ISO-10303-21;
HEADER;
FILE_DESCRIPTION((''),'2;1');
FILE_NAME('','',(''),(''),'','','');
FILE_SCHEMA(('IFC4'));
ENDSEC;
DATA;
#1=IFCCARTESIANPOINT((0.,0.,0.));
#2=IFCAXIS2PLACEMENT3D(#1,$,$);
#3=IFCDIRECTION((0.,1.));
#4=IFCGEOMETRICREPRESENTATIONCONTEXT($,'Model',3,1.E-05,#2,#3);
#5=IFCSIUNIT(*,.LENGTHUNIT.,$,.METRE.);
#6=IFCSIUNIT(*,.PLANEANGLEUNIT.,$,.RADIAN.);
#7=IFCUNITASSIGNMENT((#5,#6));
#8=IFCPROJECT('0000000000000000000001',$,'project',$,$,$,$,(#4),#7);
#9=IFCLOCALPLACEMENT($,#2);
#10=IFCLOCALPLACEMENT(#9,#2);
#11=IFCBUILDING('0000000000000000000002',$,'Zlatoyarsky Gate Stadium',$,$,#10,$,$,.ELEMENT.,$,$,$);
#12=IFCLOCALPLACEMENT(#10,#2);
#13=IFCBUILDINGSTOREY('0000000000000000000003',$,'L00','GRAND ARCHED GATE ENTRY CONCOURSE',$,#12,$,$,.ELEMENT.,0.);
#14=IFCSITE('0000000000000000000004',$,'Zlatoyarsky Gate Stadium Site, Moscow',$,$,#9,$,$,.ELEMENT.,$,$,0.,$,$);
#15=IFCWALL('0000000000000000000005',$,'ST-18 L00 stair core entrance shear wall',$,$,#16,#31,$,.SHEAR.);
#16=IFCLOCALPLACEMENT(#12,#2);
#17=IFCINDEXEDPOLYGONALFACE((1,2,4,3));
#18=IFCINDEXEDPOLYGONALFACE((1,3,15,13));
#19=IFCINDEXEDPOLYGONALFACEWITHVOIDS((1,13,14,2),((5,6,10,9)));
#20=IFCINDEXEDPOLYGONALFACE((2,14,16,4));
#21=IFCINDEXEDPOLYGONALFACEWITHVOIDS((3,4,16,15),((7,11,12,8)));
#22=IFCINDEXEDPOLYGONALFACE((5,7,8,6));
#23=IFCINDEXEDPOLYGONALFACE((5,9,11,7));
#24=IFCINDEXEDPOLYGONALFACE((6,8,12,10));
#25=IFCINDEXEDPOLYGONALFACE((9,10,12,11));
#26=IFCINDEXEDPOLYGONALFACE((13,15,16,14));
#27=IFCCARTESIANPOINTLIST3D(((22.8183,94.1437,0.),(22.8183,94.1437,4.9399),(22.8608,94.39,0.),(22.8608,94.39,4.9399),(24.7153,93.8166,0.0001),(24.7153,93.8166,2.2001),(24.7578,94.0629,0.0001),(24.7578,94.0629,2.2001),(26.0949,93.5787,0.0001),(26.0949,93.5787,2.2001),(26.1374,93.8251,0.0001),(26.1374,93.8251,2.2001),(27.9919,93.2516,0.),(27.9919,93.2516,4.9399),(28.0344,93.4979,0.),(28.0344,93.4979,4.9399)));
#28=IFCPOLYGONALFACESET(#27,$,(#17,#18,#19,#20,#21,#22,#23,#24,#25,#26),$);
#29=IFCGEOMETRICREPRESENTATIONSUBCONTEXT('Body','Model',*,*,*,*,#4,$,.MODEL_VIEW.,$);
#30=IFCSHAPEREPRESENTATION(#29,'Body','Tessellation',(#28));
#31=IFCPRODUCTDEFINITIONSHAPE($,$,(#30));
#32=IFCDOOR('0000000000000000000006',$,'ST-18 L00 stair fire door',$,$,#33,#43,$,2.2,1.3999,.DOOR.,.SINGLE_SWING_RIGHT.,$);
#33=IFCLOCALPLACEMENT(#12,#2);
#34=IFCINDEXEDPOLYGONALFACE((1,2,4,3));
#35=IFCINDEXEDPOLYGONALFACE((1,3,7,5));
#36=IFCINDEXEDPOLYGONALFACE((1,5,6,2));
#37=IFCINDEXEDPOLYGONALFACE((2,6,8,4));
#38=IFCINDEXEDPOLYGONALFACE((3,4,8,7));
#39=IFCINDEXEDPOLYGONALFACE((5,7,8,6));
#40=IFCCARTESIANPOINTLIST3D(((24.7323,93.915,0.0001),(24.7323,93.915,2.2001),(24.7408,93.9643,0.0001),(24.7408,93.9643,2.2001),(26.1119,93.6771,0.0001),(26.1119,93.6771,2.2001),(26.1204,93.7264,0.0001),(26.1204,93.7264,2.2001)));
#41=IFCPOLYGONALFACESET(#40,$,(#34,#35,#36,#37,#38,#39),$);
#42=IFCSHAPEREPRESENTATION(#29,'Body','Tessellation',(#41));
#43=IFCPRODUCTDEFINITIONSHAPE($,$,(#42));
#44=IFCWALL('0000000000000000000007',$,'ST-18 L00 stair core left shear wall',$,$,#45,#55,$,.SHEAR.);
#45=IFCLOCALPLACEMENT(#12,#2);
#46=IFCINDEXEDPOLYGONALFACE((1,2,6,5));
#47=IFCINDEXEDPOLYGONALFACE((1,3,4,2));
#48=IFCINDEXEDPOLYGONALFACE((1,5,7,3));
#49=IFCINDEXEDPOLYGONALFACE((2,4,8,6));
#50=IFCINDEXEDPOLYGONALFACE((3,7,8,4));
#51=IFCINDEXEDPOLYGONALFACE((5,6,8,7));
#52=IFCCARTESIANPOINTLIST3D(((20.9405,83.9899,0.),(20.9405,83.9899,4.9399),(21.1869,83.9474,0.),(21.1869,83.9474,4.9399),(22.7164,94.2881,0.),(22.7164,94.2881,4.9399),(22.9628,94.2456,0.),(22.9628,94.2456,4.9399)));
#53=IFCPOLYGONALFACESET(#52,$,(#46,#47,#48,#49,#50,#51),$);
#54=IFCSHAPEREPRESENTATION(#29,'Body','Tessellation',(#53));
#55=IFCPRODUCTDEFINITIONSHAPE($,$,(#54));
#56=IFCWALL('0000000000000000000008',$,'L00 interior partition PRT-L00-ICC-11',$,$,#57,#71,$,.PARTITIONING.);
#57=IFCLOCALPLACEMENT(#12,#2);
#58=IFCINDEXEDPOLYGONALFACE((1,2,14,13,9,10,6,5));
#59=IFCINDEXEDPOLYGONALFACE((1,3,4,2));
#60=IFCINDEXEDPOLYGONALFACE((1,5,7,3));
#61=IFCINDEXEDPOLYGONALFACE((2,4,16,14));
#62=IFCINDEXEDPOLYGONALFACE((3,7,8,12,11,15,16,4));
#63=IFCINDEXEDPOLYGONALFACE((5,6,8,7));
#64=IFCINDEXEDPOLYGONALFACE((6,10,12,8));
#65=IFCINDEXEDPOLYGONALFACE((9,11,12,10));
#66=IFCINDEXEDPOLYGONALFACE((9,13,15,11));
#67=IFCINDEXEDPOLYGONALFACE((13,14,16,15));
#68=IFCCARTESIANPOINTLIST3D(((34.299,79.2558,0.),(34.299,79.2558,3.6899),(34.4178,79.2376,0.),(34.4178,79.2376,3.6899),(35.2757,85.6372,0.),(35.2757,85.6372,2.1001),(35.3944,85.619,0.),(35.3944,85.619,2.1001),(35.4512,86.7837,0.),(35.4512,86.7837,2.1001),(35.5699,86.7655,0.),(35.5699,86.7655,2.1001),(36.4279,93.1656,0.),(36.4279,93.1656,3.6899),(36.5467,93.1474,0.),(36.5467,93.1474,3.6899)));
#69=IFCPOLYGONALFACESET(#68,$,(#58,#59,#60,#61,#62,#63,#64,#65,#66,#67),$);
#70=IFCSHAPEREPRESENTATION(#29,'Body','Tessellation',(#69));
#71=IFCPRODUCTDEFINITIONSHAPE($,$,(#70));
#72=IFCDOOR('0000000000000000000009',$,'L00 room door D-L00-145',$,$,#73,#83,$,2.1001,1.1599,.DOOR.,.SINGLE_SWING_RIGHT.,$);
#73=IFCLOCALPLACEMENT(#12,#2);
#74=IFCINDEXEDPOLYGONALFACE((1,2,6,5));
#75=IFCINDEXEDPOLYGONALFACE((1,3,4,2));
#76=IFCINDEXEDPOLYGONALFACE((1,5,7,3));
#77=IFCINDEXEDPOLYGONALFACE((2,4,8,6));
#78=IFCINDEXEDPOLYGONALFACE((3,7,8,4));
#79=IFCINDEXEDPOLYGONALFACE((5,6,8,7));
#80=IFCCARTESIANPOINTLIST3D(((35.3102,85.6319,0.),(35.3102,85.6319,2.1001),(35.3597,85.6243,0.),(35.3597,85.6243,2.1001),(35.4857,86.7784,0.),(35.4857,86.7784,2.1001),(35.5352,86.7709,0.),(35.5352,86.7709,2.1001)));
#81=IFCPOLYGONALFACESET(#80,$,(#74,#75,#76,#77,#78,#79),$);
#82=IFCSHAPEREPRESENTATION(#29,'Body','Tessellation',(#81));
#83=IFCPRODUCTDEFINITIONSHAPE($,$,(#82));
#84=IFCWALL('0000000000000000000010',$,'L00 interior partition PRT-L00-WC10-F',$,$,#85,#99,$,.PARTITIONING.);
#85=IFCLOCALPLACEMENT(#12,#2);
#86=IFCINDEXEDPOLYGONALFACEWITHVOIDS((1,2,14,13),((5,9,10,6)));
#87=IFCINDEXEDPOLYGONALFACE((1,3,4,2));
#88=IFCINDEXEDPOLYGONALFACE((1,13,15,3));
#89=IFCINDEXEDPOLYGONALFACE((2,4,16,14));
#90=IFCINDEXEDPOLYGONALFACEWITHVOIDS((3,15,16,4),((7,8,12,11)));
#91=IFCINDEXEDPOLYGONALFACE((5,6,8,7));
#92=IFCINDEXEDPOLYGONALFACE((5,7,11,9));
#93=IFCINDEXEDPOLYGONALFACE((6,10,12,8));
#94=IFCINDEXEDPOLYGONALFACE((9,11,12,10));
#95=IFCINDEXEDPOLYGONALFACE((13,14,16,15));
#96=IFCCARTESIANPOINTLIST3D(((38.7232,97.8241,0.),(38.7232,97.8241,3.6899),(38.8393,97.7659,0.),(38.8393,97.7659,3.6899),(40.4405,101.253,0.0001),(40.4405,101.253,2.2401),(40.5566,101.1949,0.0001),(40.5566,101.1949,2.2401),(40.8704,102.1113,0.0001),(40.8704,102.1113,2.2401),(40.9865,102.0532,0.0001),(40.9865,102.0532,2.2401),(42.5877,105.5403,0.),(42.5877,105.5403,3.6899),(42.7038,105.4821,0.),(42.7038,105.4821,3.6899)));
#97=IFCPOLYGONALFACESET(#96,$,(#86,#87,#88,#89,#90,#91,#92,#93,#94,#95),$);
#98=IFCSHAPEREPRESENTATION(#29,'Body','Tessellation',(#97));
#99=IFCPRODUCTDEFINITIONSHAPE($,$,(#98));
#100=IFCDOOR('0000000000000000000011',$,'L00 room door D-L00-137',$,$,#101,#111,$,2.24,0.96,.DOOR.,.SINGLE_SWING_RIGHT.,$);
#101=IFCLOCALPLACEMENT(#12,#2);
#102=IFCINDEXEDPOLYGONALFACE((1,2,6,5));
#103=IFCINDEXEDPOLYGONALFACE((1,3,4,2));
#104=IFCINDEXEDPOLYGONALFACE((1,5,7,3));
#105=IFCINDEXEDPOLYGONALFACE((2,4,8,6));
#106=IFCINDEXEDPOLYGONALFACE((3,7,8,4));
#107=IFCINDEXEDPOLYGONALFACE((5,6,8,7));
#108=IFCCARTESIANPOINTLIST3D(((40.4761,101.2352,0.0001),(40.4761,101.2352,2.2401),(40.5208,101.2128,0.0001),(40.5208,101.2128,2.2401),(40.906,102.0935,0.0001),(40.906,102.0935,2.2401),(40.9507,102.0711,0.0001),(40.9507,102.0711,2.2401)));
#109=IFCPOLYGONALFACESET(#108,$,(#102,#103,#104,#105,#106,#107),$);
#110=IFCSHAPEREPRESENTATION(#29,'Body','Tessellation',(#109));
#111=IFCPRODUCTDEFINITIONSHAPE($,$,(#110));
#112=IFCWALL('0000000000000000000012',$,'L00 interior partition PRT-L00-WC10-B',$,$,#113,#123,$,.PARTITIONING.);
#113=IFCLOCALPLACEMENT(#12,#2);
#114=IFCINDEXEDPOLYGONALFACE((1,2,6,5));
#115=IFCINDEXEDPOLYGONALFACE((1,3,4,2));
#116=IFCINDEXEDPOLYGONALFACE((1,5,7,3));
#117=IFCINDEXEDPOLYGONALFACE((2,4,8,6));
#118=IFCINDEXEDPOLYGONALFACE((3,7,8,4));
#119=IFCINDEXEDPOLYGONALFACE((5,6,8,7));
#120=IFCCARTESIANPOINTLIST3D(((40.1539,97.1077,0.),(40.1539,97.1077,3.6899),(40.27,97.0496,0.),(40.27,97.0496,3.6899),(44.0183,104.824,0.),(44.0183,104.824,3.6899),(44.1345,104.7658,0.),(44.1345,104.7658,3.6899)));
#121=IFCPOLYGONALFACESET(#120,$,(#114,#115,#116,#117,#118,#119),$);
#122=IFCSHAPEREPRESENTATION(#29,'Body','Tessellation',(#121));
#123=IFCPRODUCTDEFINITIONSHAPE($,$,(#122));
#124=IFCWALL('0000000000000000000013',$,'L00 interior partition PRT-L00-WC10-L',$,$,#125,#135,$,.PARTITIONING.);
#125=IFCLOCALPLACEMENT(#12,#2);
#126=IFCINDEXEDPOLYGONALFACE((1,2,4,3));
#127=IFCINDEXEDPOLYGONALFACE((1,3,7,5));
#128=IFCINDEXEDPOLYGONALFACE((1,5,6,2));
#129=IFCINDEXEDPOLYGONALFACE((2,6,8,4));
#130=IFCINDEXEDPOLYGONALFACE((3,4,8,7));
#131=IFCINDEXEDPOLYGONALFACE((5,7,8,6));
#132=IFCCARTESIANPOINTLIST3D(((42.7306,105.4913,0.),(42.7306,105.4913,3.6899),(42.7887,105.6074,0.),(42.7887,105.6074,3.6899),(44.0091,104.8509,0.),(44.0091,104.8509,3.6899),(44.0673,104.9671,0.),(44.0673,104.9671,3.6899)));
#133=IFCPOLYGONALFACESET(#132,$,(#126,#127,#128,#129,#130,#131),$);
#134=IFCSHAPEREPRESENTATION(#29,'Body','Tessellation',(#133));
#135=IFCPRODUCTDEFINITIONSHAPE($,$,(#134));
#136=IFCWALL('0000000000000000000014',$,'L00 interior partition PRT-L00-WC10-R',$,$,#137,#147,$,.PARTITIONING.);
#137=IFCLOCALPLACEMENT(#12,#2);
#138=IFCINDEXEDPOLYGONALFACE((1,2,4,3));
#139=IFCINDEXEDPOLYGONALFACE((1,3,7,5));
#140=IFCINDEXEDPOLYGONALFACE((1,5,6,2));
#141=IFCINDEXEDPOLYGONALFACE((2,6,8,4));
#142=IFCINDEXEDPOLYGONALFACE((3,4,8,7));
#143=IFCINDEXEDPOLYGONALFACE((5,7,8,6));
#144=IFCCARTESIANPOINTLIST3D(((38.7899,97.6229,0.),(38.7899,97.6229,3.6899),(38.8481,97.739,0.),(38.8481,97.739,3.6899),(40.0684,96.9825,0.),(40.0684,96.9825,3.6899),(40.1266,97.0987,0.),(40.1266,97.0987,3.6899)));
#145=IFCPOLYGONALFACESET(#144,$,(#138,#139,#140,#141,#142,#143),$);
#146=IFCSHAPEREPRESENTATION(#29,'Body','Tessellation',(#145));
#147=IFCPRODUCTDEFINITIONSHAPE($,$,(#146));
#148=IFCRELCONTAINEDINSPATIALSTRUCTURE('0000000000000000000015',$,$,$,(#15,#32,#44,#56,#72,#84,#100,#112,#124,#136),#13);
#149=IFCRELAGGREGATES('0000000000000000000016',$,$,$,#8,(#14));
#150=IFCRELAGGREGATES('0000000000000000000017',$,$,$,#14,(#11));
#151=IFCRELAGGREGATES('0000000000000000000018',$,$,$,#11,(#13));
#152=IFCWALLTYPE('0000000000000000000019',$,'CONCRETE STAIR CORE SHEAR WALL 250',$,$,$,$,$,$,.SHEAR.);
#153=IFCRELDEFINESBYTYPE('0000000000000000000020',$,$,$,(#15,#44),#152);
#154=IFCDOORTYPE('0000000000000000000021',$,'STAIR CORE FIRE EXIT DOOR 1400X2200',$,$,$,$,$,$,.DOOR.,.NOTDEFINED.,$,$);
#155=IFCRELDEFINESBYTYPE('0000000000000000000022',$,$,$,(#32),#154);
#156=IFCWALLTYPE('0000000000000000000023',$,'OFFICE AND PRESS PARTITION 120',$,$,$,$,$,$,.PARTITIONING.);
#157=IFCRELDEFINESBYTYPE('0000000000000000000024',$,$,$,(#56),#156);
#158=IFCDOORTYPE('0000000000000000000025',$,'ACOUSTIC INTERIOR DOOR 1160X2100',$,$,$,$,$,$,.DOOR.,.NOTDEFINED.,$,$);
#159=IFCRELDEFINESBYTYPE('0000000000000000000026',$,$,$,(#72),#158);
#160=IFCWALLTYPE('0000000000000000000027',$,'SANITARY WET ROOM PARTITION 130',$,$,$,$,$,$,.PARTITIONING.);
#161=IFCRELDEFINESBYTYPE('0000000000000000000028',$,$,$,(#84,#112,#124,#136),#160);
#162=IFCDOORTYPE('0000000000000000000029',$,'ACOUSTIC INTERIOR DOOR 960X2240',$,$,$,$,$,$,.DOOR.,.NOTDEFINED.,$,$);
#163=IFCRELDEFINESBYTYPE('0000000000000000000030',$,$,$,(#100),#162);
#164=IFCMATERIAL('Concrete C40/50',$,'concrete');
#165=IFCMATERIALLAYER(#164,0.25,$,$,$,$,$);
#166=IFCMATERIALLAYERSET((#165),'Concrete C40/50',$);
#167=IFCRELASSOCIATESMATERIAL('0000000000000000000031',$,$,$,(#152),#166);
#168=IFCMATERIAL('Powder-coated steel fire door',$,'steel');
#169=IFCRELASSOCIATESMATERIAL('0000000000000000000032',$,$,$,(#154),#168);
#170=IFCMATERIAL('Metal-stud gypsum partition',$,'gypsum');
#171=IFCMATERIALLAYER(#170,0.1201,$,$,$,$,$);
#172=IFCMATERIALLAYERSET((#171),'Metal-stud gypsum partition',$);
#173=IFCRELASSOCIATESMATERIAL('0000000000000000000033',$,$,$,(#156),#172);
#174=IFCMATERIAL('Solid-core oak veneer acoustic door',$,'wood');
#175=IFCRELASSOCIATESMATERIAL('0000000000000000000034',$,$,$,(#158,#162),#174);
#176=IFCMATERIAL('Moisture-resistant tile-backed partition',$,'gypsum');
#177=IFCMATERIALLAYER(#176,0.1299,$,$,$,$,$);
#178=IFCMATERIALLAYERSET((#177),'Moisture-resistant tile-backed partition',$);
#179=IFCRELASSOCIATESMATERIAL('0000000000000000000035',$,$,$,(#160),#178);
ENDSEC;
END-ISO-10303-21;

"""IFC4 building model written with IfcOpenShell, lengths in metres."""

from ifc_helpers import new_model, si_unit, direction, frame, frame_2d, origin, place, context, subcontext, project, spatial, rectangle, extrude, material, layer, layer_set, type_object, element, fill, save


model = new_model("IFC4")

# Units and contexts
model_context = context("Model", 3, precision=1e-05, world=origin(), true_north=direction((0.0, 1.0)))
body_context = subcontext(model_context, "Body", "Model", "MODEL_VIEW")
ifc_project = project(units=[si_unit("LENGTHUNIT", "METRE"), si_unit("PLANEANGLEUNIT", "RADIAN")], contexts=[model_context])

# Site, building, storey
site_placement = place(None, origin())
site = spatial("IfcSite", under=ifc_project, at=site_placement, Name="Zlatoyarsky Gate Stadium Site, Moscow", CompositionType="ELEMENT", RefElevation=0.0)
building_placement = place(site_placement, origin())
building = spatial("IfcBuilding", under=site, at=building_placement, Name="Zlatoyarsky Gate Stadium", CompositionType="ELEMENT")
storey_placement = place(building_placement, origin())
storey = spatial("IfcBuildingStorey", under=building, at=storey_placement, Name="L00", Description="GRAND ARCHED GATE ENTRY CONCOURSE", CompositionType="ELEMENT", Elevation=0.0)

# Shared definitions
ifc_material_1 = material(Name="Concrete C40/50", Category="concrete")

# Shared definitions
ifc_material_2 = material(Name="Metal-stud gypsum partition", Category="gypsum")
ifc_material_3 = material(Name="Powder-coated steel fire door", Category="steel")

# Shared definitions
ifc_layer_1 = layer(ifc_material_1, 0.25)
ifc_layer_set_1 = layer_set([ifc_layer_1], Name="Concrete C40/50")
wall_type_1 = type_object("IfcWallType", Name="CONCRETE STAIR CORE SHEAR WALL 250", PredefinedType="SHEAR", material=ifc_layer_set_1)

# Wall, opening, door
wall_1_placement = place(storey_placement, frame((28.0132, 93.3748, 0.0), z_axis=(0.0, 0.0, 1.0), x_axis=(-0.985457, 0.169924, 0.0)))
wall_1 = element("IfcWall", 1, at=wall_1_placement, inside=storey, type_object=wall_type_1, Name="ST-18 L00 stair core entrance shear wall", PredefinedType="SHEAR", context=body_context, shape_type="SweptSolid", body=[
    extrude(rectangle(XDim=5.25, YDim=0.25, at=frame_2d((2.625, 0.0))), origin(), (0.0, 0.0, 1.0), 4.9399),
])
opening_1_placement = place(wall_1_placement, frame((1.925, 0.0, 0.0)))
opening_1 = element("IfcOpeningElement", 2, at=opening_1_placement, cuts=wall_1, PredefinedType="OPENING", context=body_context, shape_type="SweptSolid", body=[
    extrude(rectangle(XDim=1.3999, YDim=2.2, at=frame_2d((0.7, 1.1001))), frame((0.0, 0.135, 0.0), z_axis=(0.0, -1.0, 0.0), x_axis=(1.0, 0.0, 0.0)), (0.0, 0.0, 1.0), 0.27),
])
door_type_1 = type_object("IfcDoorType", Name="STAIR CORE FIRE EXIT DOOR 1400X2200", OperationType="NOTDEFINED", PredefinedType="DOOR", material=ifc_material_3)
door_1_placement = place(opening_1_placement, frame((1.3999, 0.0, 0.0), z_axis=(0.0, 0.0, 1.0), x_axis=(-1.0, 0.0, 0.0)))
door_1 = element("IfcDoor", 3, at=door_1_placement, inside=storey, type_object=door_type_1, Name="ST-18 L00 stair fire door", OperationType="SINGLE_SWING_RIGHT", OverallHeight=2.2, OverallWidth=1.3999, PredefinedType="DOOR", context=body_context, shape_type="SweptSolid", body=[
    extrude(rectangle(XDim=1.3999, YDim=2.2, at=frame_2d((0.7, 1.1001))), frame((0.0, 0.0249, 0.0), z_axis=(0.0, -1.0, 0.0), x_axis=(1.0, 0.0, 0.0)), (0.0, 0.0, 1.0), 0.05),
])
fill(opening_1, door_1)

# Wall
wall_2_placement = place(storey_placement, frame((22.8396, 94.2668, 0.0), z_axis=(0.0, 0.0, 1.0), x_axis=(-0.169939, -0.985455, 0.0)))
element("IfcWall", 4, at=wall_2_placement, inside=storey, type_object=wall_type_1, Name="ST-18 L00 stair core left shear wall", PredefinedType="SHEAR", context=body_context, shape_type="SweptSolid", body=[
    extrude(rectangle(XDim=10.4502, YDim=0.25, at=frame_2d((5.2251, 0.0))), origin(), (0.0, 0.0, 1.0), 4.9399),
])

# Walls, openings, doors
ifc_layer_2 = layer(ifc_material_2, 0.1201)
ifc_layer_set_2 = layer_set([ifc_layer_2], Name="Metal-stud gypsum partition")
wall_type_2 = type_object("IfcWallType", Name="OFFICE AND PRESS PARTITION 120", PredefinedType="PARTITIONING", material=ifc_layer_set_2)
wall_3_placement = place(storey_placement, frame((36.4873, 93.1565, 0.0), z_axis=(0.0, 0.0, 1.0), x_axis=(-0.151288, -0.98849, 0.0)))
wall_3 = element("IfcWall", 5, at=wall_3_placement, inside=storey, type_object=wall_type_2, Name="L00 interior partition PRT-L00-ICC-11", PredefinedType="PARTITIONING", context=body_context, shape_type="SweptSolid", body=[
    extrude(rectangle(XDim=14.0718, YDim=0.1201, at=frame_2d((7.0359, 0.0))), origin(), (0.0, 0.0, 1.0), 3.6899),
])
opening_2_placement = place(wall_3_placement, frame((6.4561, 0.0, 0.0)))
opening_2 = element("IfcOpeningElement", 6, at=opening_2_placement, cuts=wall_3, PredefinedType="OPENING", context=body_context, shape_type="SweptSolid", body=[
    extrude(rectangle(XDim=1.1599, YDim=2.1001, at=frame_2d((0.5801, 1.05))), frame((0.0, 0.0701, 0.0), z_axis=(0.0, -1.0, 0.0), x_axis=(1.0, 0.0, 0.0)), (0.0, 0.0, 1.0), 0.1401),
])
ifc_material_4 = material(Name="Solid-core oak veneer acoustic door", Category="wood")
door_type_2 = type_object("IfcDoorType", Name="ACOUSTIC INTERIOR DOOR 1160X2100", OperationType="NOTDEFINED", PredefinedType="DOOR", material=ifc_material_4)
door_2_placement = place(opening_2_placement, origin())
door_2 = element("IfcDoor", 7, at=door_2_placement, inside=storey, type_object=door_type_2, Name="L00 room door D-L00-145", OperationType="SINGLE_SWING_RIGHT", OverallHeight=2.1001, OverallWidth=1.1599, PredefinedType="DOOR", context=body_context, shape_type="SweptSolid", body=[
    extrude(rectangle(XDim=1.1599, YDim=2.1001, at=frame_2d((0.5801, 1.05))), frame((0.0, 0.0249, 0.0), z_axis=(0.0, -1.0, 0.0), x_axis=(1.0, 0.0, 0.0)), (0.0, 0.0, 1.0), 0.05),
])
fill(opening_2, door_2)
ifc_material_5 = material(Name="Moisture-resistant tile-backed partition", Category="gypsum")
ifc_layer_3 = layer(ifc_material_5, 0.1299)
ifc_layer_set_3 = layer_set([ifc_layer_3], Name="Moisture-resistant tile-backed partition")
wall_type_3 = type_object("IfcWallType", Name="SANITARY WET ROOM PARTITION 130", PredefinedType="PARTITIONING", material=ifc_layer_set_3)
wall_4_placement = place(storey_placement, frame((42.6458, 105.5112, 0.0), z_axis=(0.0, 0.0, 1.0), x_axis=(-0.447802, -0.894133, 0.0)))
wall_4 = element("IfcWall", 8, at=wall_4_placement, inside=storey, type_object=wall_type_3, Name="L00 interior partition PRT-L00-WC10-F", PredefinedType="PARTITIONING", context=body_context, shape_type="SweptSolid", body=[
    extrude(rectangle(XDim=8.6299, YDim=0.1299, at=frame_2d((4.3149, 0.0))), origin(), (0.0, 0.0, 1.0), 3.6899),
])
opening_3_placement = place(wall_4_placement, frame((3.835, 0.0, 0.0)))
opening_3 = element("IfcOpeningElement", 9, at=opening_3_placement, cuts=wall_4, PredefinedType="OPENING", context=body_context, shape_type="SweptSolid", body=[
    extrude(rectangle(XDim=0.96, YDim=2.24, at=frame_2d((0.48, 1.1201))), frame((0.0, 0.075, 0.0), z_axis=(0.0, -1.0, 0.0), x_axis=(1.0, 0.0, 0.0)), (0.0, 0.0, 1.0), 0.1499),
])
door_type_3 = type_object("IfcDoorType", Name="ACOUSTIC INTERIOR DOOR 960X2240", OperationType="NOTDEFINED", PredefinedType="DOOR", material=ifc_material_4)
door_3_placement = place(opening_3_placement, origin())
door_3 = element("IfcDoor", 10, at=door_3_placement, inside=storey, type_object=door_type_3, Name="L00 room door D-L00-137", OperationType="SINGLE_SWING_RIGHT", OverallHeight=2.24, OverallWidth=0.96, PredefinedType="DOOR", context=body_context, shape_type="SweptSolid", body=[
    extrude(rectangle(XDim=0.96, YDim=2.24, at=frame_2d((0.48, 1.1201))), frame((0.0, 0.0249, 0.0), z_axis=(0.0, -1.0, 0.0), x_axis=(1.0, 0.0, 0.0)), (0.0, 0.0, 1.0), 0.05),
])
fill(opening_3, door_3)

# Walls
wall_5_placement = place(storey_placement, frame((44.0764, 104.7949, 0.0), z_axis=(0.0, 0.0, 1.0), x_axis=(-0.447802, -0.894133, 0.0)))
element("IfcWall", 11, at=wall_5_placement, inside=storey, type_object=wall_type_3, Name="L00 interior partition PRT-L00-WC10-B", PredefinedType="PARTITIONING", context=body_context, shape_type="SweptSolid", body=[
    extrude(rectangle(XDim=8.6299, YDim=0.1299, at=frame_2d((4.3149, 0.0))), origin(), (0.0, 0.0, 1.0), 3.6899),
])
for number, where, z_axis, x_axis, name in (
    (12, (42.7598, 105.5493, 0.0), (0.0, 0.0, 1.0), (0.89412, -0.447828, 0.0), "L00 interior partition PRT-L00-WC10-L"),
    (13, (38.8191, 97.6809, 0.0), (0.0, 0.0, 1.0), (0.89412, -0.447828, 0.0), "L00 interior partition PRT-L00-WC10-R"),
):
    element("IfcWall", number, at=place(storey_placement, frame(where, z_axis=z_axis, x_axis=x_axis)), inside=storey, type_object=wall_type_3, Name=name, PredefinedType="PARTITIONING", context=body_context, shape_type="SweptSolid", body=[
        extrude(rectangle(XDim=1.4299, YDim=0.1299, at=frame_2d((0.7148, 0.0))), origin(), (0.0, 0.0, 1.0), 3.6899),
    ])

save(model, "model.ifc")
